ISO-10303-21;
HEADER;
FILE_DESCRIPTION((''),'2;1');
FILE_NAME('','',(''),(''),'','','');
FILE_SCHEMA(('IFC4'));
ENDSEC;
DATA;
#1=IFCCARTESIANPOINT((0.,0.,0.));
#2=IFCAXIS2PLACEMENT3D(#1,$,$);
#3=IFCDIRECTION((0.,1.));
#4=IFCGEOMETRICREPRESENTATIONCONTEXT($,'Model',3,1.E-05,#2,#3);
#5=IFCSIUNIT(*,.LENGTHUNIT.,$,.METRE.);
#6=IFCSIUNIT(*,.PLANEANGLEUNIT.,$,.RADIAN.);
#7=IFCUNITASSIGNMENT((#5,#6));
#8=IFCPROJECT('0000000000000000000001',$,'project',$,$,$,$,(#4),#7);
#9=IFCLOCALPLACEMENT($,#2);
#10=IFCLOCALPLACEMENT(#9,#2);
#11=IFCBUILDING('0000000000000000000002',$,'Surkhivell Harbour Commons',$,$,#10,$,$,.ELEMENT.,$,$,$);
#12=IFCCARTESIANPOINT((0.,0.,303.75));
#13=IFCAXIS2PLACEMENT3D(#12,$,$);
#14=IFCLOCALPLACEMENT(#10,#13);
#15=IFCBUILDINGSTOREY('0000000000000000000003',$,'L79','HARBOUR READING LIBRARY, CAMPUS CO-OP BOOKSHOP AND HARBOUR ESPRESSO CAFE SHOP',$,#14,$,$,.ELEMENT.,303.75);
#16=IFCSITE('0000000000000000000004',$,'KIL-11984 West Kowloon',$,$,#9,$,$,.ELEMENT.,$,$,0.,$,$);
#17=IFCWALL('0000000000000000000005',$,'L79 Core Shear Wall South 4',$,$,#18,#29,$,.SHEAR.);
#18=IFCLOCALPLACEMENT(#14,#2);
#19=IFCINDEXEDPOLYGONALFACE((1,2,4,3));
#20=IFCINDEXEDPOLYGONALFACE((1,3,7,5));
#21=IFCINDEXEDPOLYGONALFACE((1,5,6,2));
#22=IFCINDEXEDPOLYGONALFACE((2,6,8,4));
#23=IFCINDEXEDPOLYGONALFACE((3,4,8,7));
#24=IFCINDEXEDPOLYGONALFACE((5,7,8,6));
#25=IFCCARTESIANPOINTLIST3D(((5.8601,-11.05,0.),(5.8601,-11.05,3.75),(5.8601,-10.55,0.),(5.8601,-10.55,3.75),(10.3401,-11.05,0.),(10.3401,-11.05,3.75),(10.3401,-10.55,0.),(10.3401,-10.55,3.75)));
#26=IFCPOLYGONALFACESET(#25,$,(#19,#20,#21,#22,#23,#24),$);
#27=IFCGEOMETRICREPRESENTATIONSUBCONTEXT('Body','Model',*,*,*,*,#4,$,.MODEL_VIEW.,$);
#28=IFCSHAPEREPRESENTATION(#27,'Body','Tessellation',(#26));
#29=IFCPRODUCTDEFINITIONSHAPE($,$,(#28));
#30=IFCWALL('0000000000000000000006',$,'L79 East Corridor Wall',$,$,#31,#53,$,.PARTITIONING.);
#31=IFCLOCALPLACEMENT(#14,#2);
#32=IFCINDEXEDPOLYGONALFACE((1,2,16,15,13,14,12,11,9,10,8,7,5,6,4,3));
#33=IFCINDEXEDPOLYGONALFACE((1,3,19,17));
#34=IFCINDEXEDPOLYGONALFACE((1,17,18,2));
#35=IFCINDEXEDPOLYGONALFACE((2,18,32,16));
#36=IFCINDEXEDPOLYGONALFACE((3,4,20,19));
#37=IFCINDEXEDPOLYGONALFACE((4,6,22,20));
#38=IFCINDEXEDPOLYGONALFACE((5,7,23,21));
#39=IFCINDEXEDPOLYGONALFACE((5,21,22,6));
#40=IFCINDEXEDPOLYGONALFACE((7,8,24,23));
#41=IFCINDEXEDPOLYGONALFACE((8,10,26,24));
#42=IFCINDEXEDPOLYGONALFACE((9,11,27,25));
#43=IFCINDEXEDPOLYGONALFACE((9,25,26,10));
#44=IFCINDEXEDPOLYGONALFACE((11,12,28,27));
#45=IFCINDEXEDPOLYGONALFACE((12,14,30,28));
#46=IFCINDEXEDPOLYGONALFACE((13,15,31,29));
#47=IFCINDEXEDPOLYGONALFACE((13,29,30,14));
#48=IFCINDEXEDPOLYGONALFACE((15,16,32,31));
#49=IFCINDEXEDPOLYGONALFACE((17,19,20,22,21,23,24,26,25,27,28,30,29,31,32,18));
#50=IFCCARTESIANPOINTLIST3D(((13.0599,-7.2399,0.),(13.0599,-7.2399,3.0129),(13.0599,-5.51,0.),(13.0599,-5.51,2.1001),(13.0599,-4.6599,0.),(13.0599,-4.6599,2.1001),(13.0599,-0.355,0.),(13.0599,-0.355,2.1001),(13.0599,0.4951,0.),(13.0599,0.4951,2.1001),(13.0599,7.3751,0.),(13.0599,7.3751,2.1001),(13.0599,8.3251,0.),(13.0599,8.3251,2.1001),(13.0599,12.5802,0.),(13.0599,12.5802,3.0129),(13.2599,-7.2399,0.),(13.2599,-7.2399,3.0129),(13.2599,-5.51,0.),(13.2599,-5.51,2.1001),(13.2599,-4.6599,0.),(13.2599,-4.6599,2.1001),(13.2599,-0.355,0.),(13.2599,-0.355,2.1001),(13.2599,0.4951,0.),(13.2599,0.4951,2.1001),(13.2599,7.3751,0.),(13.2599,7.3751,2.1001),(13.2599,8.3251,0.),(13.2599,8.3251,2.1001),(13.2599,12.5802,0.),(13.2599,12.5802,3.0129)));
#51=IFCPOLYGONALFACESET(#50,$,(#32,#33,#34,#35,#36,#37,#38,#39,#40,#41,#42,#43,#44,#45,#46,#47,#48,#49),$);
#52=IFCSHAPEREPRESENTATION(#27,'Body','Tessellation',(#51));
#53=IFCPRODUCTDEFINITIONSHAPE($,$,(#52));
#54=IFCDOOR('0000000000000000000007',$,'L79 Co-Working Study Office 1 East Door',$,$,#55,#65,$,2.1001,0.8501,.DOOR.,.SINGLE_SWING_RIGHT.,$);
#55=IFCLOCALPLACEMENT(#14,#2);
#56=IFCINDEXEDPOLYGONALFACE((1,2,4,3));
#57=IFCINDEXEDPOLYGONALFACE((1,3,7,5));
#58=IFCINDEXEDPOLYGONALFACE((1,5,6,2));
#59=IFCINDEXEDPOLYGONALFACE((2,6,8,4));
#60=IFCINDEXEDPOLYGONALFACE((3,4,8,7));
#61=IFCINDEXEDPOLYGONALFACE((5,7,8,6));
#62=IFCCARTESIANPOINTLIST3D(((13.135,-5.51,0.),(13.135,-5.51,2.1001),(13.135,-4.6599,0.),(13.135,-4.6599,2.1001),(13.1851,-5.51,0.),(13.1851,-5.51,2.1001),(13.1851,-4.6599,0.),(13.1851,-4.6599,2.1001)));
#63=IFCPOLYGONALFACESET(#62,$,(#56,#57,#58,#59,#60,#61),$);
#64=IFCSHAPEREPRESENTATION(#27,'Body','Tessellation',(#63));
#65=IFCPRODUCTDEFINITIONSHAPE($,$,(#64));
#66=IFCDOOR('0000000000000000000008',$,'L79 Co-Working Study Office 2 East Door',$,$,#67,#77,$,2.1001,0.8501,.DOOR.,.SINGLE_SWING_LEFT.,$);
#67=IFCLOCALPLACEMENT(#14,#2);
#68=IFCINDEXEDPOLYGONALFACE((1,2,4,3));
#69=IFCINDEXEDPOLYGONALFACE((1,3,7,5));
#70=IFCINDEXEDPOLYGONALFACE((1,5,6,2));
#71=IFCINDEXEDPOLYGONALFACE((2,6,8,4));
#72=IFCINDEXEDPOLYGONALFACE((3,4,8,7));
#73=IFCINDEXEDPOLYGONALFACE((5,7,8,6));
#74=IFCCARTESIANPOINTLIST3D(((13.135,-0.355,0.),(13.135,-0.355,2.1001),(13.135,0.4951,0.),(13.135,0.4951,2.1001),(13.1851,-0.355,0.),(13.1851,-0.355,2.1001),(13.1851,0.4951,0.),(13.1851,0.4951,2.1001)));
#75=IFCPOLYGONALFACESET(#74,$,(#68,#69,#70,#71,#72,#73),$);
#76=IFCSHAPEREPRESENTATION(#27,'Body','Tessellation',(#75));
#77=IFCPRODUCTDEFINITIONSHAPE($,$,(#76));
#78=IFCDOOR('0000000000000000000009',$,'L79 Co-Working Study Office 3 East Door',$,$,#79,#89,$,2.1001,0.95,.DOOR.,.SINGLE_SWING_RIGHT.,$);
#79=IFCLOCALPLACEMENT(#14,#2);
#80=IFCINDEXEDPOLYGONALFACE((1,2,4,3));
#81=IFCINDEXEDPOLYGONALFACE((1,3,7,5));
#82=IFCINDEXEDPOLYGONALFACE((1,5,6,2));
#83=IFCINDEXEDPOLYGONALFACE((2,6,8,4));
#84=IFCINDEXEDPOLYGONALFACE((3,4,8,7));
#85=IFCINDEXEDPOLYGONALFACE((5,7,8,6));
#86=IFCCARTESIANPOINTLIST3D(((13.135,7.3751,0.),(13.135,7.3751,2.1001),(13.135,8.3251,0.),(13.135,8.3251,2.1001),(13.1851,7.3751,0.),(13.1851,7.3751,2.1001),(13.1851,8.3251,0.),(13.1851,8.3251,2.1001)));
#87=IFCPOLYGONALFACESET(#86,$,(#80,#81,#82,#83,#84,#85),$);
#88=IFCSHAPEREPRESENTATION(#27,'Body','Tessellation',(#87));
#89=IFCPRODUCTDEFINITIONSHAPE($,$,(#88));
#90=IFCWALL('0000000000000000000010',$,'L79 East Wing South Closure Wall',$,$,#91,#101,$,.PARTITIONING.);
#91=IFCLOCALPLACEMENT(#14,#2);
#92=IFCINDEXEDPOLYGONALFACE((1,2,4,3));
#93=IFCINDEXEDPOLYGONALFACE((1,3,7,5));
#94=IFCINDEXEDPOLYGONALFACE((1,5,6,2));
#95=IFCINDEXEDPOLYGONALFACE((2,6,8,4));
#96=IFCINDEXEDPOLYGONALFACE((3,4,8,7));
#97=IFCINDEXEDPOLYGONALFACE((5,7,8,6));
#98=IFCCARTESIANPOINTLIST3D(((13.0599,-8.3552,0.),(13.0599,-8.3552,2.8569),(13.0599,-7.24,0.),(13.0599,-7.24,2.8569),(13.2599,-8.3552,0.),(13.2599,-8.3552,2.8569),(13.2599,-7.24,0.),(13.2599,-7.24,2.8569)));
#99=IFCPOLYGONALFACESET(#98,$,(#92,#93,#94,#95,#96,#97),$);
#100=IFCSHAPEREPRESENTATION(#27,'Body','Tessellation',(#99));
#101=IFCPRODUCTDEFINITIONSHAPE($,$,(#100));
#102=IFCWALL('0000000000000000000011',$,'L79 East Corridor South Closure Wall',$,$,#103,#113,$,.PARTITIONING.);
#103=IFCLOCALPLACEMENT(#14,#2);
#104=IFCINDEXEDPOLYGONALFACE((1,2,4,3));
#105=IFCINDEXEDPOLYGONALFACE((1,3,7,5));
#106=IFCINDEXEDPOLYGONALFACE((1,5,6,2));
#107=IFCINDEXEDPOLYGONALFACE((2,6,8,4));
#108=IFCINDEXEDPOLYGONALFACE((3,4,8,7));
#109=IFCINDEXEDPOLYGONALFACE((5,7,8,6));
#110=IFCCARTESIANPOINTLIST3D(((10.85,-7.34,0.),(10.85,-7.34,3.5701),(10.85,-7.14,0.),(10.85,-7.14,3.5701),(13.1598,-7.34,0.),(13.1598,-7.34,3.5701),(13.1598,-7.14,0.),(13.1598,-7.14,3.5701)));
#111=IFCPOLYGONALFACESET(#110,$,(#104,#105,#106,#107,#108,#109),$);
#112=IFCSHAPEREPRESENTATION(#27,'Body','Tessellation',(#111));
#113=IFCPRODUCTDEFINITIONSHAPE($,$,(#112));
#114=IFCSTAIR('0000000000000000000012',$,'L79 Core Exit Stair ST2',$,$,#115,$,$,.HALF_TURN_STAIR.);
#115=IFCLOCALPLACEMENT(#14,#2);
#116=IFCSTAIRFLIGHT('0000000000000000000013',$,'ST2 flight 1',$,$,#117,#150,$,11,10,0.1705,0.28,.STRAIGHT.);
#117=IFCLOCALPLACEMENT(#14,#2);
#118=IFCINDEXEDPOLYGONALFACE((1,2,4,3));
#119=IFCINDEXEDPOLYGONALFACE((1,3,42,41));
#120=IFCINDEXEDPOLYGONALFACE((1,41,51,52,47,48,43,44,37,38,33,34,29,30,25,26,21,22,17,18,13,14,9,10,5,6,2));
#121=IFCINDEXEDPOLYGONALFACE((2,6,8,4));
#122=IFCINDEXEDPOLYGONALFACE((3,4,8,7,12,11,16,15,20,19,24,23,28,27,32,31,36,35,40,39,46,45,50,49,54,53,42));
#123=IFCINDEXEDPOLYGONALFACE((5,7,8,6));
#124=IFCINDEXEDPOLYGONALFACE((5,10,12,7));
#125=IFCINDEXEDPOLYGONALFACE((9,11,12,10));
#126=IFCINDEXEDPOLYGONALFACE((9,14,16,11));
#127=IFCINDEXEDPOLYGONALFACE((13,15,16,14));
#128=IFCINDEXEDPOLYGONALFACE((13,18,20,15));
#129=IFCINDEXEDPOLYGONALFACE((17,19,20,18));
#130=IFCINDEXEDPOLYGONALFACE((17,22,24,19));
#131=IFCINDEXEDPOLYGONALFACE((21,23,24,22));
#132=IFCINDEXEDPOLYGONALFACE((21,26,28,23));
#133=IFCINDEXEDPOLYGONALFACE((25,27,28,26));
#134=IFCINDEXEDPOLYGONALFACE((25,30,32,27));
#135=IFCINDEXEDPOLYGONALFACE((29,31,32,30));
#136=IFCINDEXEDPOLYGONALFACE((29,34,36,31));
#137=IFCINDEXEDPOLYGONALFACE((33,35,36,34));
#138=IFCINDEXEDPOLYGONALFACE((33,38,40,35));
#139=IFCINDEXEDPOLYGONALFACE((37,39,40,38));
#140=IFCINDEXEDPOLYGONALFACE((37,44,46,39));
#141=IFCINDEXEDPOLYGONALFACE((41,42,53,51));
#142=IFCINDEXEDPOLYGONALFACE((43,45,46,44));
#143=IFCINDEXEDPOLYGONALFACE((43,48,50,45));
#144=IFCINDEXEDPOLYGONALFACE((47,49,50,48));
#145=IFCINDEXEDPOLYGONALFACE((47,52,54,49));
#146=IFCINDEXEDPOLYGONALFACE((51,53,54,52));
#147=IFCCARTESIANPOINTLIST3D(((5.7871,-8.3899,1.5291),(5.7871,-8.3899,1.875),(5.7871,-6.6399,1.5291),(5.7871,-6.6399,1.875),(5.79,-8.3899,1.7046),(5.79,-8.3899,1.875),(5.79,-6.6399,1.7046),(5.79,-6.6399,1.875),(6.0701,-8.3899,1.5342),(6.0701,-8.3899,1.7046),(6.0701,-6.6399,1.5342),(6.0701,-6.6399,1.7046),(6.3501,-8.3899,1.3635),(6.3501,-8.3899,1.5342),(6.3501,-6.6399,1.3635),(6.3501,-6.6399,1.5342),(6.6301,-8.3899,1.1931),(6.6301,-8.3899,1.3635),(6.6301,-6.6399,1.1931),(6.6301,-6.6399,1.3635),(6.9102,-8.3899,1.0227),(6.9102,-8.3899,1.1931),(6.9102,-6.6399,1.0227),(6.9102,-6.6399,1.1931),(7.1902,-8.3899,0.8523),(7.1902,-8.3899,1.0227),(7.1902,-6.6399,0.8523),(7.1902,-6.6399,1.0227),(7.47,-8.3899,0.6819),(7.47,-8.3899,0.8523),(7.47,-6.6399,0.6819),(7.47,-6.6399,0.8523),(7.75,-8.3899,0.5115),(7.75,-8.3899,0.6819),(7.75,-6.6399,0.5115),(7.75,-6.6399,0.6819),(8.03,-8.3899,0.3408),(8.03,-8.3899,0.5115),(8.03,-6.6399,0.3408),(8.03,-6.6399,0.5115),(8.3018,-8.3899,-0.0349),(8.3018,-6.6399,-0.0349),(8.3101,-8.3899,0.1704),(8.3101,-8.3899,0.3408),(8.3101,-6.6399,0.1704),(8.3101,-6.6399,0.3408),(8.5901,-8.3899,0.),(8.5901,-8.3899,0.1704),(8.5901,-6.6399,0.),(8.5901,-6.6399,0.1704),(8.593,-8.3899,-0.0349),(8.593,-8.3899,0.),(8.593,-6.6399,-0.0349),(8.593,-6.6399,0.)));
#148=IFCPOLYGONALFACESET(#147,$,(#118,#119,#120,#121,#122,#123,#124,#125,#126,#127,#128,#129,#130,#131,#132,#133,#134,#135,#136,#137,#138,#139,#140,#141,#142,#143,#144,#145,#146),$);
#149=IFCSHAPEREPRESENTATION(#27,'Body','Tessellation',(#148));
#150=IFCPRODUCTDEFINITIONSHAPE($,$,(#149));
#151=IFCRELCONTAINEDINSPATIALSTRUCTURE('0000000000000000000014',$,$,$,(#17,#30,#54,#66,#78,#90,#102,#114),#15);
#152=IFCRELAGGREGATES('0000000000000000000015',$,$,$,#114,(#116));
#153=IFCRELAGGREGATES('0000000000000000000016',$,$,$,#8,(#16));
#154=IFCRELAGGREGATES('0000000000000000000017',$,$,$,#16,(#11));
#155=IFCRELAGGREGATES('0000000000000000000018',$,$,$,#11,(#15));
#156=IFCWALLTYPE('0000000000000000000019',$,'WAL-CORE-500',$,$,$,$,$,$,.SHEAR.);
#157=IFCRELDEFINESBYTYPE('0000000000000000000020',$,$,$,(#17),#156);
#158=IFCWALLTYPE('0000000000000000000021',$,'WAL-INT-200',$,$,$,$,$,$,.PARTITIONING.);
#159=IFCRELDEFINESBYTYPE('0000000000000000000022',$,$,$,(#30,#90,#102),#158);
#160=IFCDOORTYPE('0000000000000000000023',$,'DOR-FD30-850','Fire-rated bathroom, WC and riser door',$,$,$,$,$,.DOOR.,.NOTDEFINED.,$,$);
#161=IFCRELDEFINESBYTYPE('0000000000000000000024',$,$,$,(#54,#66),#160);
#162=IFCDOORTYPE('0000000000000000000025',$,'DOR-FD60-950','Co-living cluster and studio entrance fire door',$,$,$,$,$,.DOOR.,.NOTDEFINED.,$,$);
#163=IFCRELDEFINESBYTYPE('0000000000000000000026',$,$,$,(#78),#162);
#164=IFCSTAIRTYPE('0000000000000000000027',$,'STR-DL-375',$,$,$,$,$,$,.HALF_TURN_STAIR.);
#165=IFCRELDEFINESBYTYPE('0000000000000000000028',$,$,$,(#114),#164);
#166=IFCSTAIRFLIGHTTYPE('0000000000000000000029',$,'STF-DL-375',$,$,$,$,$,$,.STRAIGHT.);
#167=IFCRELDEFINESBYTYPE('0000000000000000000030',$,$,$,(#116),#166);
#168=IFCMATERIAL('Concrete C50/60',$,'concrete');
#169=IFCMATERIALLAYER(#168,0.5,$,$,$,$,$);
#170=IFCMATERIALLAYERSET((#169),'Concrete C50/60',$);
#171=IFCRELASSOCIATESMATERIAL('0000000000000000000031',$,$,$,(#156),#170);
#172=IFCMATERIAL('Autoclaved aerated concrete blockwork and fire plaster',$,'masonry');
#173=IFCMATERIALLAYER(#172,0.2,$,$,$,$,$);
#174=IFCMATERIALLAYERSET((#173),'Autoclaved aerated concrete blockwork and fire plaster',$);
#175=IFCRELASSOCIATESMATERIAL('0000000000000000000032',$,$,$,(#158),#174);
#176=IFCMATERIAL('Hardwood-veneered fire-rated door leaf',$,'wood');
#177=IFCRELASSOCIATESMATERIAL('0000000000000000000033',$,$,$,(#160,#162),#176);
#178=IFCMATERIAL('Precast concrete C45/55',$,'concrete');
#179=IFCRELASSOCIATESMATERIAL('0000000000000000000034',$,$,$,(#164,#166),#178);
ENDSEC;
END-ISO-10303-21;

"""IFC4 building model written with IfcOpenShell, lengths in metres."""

from ifc_helpers import new_model, si_unit, direction, frame, frame_2d, origin, place, context, subcontext, project, spatial, polyline, rectangle, outline, extrude, material, layer, layer_set, type_object, element, fill, aggregate, save


model = new_model("IFC4")

# Units and contexts
model_context = context("Model", 3, precision=1e-05, world=origin(), true_north=direction((0.0, 1.0)))
body_context = subcontext(model_context, "Body", "Model", "MODEL_VIEW")
ifc_project = project(units=[si_unit("LENGTHUNIT", "METRE"), si_unit("PLANEANGLEUNIT", "RADIAN")], contexts=[model_context])

# Site, building, storey
site_placement = place(None, origin())
site = spatial("IfcSite", under=ifc_project, at=site_placement, Name="KIL-11984 West Kowloon", CompositionType="ELEMENT", RefElevation=0.0)
building_placement = place(site_placement, origin())
building = spatial("IfcBuilding", under=site, at=building_placement, Name="Surkhivell Harbour Commons", CompositionType="ELEMENT")
storey_placement = place(building_placement, frame((0.0, 0.0, 303.75)))
storey = spatial("IfcBuildingStorey", under=building, at=storey_placement, Name="L79", Description="HARBOUR READING LIBRARY, CAMPUS CO-OP BOOKSHOP AND HARBOUR ESPRESSO CAFE SHOP", CompositionType="ELEMENT", Elevation=303.75)

# Wall
ifc_material_1 = material(Name="Concrete C50/60", Category="concrete")
ifc_layer_1 = layer(ifc_material_1, 0.5)
ifc_layer_set_1 = layer_set([ifc_layer_1], Name="Concrete C50/60")
wall_type_1 = type_object("IfcWallType", Name="WAL-CORE-500", PredefinedType="SHEAR", material=ifc_layer_set_1)
for number, where, z_axis, x_axis, name in (
    (1, (5.8601, -10.8, 0.0), (0.0, 0.0, 1.0), (1.0, 0.0, 0.0), "L79 Core Shear Wall South 4"),
):
    element("IfcWall", number, at=place(storey_placement, frame(where, z_axis=z_axis, x_axis=x_axis)), inside=storey, type_object=wall_type_1, Name=name, PredefinedType="SHEAR", context=body_context, shape_type="SweptSolid", body=[
        extrude(rectangle(XDim=4.48, YDim=0.5, at=frame_2d((2.24, 0.0))), origin(), (0.0, 0.0, 1.0), 3.75),
    ])

# Wall, openings, doors
ifc_material_2 = material(Name="Autoclaved aerated concrete blockwork and fire plaster", Category="masonry")
ifc_layer_2 = layer(ifc_material_2, 0.2)
ifc_layer_set_2 = layer_set([ifc_layer_2], Name="Autoclaved aerated concrete blockwork and fire plaster")
wall_type_2 = type_object("IfcWallType", Name="WAL-INT-200", PredefinedType="PARTITIONING", material=ifc_layer_set_2)
wall_1_placement = place(storey_placement, frame((13.1599, -7.24, 0.0), z_axis=(0.0, 0.0, 1.0), x_axis=(0.0, 1.0, 0.0)))
wall_1 = element("IfcWall", 2, at=wall_1_placement, inside=storey, type_object=wall_type_2, Name="L79 East Corridor Wall", PredefinedType="PARTITIONING", context=body_context, shape_type="SweptSolid", body=[
    extrude(rectangle(XDim=19.8201, YDim=0.2, at=frame_2d((9.9102, 0.0))), origin(), (0.0, 0.0, 1.0), 3.0129),
])
opening_1_placement = place(wall_1_placement, frame((1.73, 0.0, 0.0)))
opening_1 = element("IfcOpeningElement", 3, at=opening_1_placement, cuts=wall_1, PredefinedType="OPENING", context=body_context, shape_type="SweptSolid", body=[
    extrude(rectangle(XDim=0.8501, YDim=2.1001, at=frame_2d((0.425, 1.05))), frame((0.0, 0.1099, 0.0), z_axis=(0.0, -1.0, 0.0), x_axis=(1.0, 0.0, 0.0)), (0.0, 0.0, 1.0), 0.22),
])
opening_2_placement = place(wall_1_placement, frame((6.885, 0.0, 0.0)))
opening_2 = element("IfcOpeningElement", 4, at=opening_2_placement, cuts=wall_1, PredefinedType="OPENING", context=body_context, shape_type="SweptSolid", body=[
    extrude(rectangle(XDim=0.8501, YDim=2.1001, at=frame_2d((0.425, 1.05))), frame((0.0, 0.1099, 0.0), z_axis=(0.0, -1.0, 0.0), x_axis=(1.0, 0.0, 0.0)), (0.0, 0.0, 1.0), 0.22),
])
opening_3_placement = place(wall_1_placement, frame((14.615, 0.0, 0.0)))
opening_3 = element("IfcOpeningElement", 5, at=opening_3_placement, cuts=wall_1, PredefinedType="OPENING", context=body_context, shape_type="SweptSolid", body=[
    extrude(rectangle(XDim=0.95, YDim=2.1001, at=frame_2d((0.4751, 1.05))), frame((0.0, 0.1099, 0.0), z_axis=(0.0, -1.0, 0.0), x_axis=(1.0, 0.0, 0.0)), (0.0, 0.0, 1.0), 0.22),
])
ifc_material_3 = material(Name="Hardwood-veneered fire-rated door leaf", Category="wood")
door_type_1 = type_object("IfcDoorType", Name="DOR-FD30-850", Description="Fire-rated bathroom, WC and riser door", OperationType="NOTDEFINED", PredefinedType="DOOR", material=ifc_material_3)
door_1_placement = place(opening_1_placement, origin())
door_1 = element("IfcDoor", 6, at=door_1_placement, inside=storey, type_object=door_type_1, Name="L79 Co-Working Study Office 1 East Door", OperationType="SINGLE_SWING_RIGHT", OverallHeight=2.1001, OverallWidth=0.8501, PredefinedType="DOOR", context=body_context, shape_type="SweptSolid", body=[
    extrude(rectangle(XDim=0.8501, YDim=2.1001, at=frame_2d((0.425, 1.05))), frame((0.0, 0.0249, 0.0), z_axis=(0.0, -1.0, 0.0), x_axis=(1.0, 0.0, 0.0)), (0.0, 0.0, 1.0), 0.05),
])
fill(opening_1, door_1)
door_2_placement = place(opening_2_placement, origin())
door_2 = element("IfcDoor", 7, at=door_2_placement, inside=storey, type_object=door_type_1, Name="L79 Co-Working Study Office 2 East Door", OperationType="SINGLE_SWING_LEFT", OverallHeight=2.1001, OverallWidth=0.8501, PredefinedType="DOOR", context=body_context, shape_type="SweptSolid", body=[
    extrude(rectangle(XDim=0.8501, YDim=2.1001, at=frame_2d((0.425, 1.05))), frame((0.0, 0.0249, 0.0), z_axis=(0.0, -1.0, 0.0), x_axis=(1.0, 0.0, 0.0)), (0.0, 0.0, 1.0), 0.05),
])
fill(opening_2, door_2)
door_type_2 = type_object("IfcDoorType", Name="DOR-FD60-950", Description="Co-living cluster and studio entrance fire door", OperationType="NOTDEFINED", PredefinedType="DOOR", material=ifc_material_3)
door_3_placement = place(opening_3_placement, origin())
door_3 = element("IfcDoor", 8, at=door_3_placement, inside=storey, type_object=door_type_2, Name="L79 Co-Working Study Office 3 East Door", OperationType="SINGLE_SWING_RIGHT", OverallHeight=2.1001, OverallWidth=0.95, PredefinedType="DOOR", context=body_context, shape_type="SweptSolid", body=[
    extrude(rectangle(XDim=0.95, YDim=2.1001, at=frame_2d((0.4751, 1.05))), frame((0.0, 0.0249, 0.0), z_axis=(0.0, -1.0, 0.0), x_axis=(1.0, 0.0, 0.0)), (0.0, 0.0, 1.0), 0.05),
])
fill(opening_3, door_3)

# Walls
wall_2_placement = place(storey_placement, frame((13.1599, -8.3552, 0.0), z_axis=(0.0, 0.0, 1.0), x_axis=(0.0, 1.0, 0.0)))
element("IfcWall", 9, at=wall_2_placement, inside=storey, type_object=wall_type_2, Name="L79 East Wing South Closure Wall", PredefinedType="PARTITIONING", context=body_context, shape_type="SweptSolid", body=[
    extrude(rectangle(XDim=1.1152, YDim=0.2, at=frame_2d((0.5576, 0.0))), origin(), (0.0, 0.0, 1.0), 2.8569),
])
wall_3_placement = place(storey_placement, frame((10.8501, -7.24, 0.0), z_axis=(0.0, 0.0, 1.0), x_axis=(1.0, 0.0, 0.0)))
element("IfcWall", 10, at=wall_3_placement, inside=storey, type_object=wall_type_2, Name="L79 East Corridor South Closure Wall", PredefinedType="PARTITIONING", context=body_context, shape_type="SweptSolid", body=[
    extrude(rectangle(XDim=2.3098, YDim=0.2, at=frame_2d((1.1548, 0.0))), origin(), (0.0, 0.0, 1.0), 3.5701),
])

# Stair, stair flight
ifc_material_4 = material(Name="Precast concrete C45/55", Category="concrete")
stair_type = type_object("IfcStairType", Name="STR-DL-375", PredefinedType="HALF_TURN_STAIR", material=ifc_material_4)
stair_placement = place(storey_placement, origin())
stair = element("IfcStair", 11, at=stair_placement, inside=storey, type_object=stair_type, Name="L79 Core Exit Stair ST2", PredefinedType="HALF_TURN_STAIR")
stair_flight_type = type_object("IfcStairFlightType", Name="STF-DL-375", PredefinedType="STRAIGHT", material=ifc_material_4)
stair_flight_1_placement = place(storey_placement, frame((8.5901, -7.5149, 0.0), z_axis=(0.0, 0.0, 1.0), x_axis=(-1.0, 0.0, 0.0)))
stair_flight_1 = element("IfcStairFlight", 12, at=stair_flight_1_placement, type_object=stair_flight_type, Name="ST2 flight 1", NumberOfRisers=11, NumberOfTreads=10, PredefinedType="STRAIGHT", RiserHeight=0.1705, TreadLength=0.28, context=body_context, shape_type="SweptSolid", body=[
    extrude(outline(polyline([(-0.0029, -0.0349), (-0.0029, 0.0), (0.0, 0.0), (0.0, 0.1704), (0.28, 0.1704), (0.28, 0.3408), (0.5601, 0.3408), (0.5601, 0.5115), (0.8401, 0.5115), (0.8401, 0.6819), (1.1201, 0.6819), (1.1201, 0.8523), (1.3999, 0.8523), (1.3999, 1.0227), (1.6799, 1.0227), (1.6799, 1.1931), (1.96, 1.1931), (1.96, 1.3635), (2.24, 1.3635), (2.24, 1.5342), (2.52, 1.5342), (2.52, 1.7046), (2.8, 1.7046), (2.8, 1.875), (2.803, 1.875), (2.803, 1.5291), (0.2883, -0.0349), (-0.0029, -0.0349)])), frame((0.0, 0.875, 0.0), z_axis=(0.0, -1.0, 0.0), x_axis=(1.0, 0.0, 0.0)), (0.0, 0.0, 1.0), 1.75),
])
aggregate(stair, [stair_flight_1])

save(model, "model.ifc")
